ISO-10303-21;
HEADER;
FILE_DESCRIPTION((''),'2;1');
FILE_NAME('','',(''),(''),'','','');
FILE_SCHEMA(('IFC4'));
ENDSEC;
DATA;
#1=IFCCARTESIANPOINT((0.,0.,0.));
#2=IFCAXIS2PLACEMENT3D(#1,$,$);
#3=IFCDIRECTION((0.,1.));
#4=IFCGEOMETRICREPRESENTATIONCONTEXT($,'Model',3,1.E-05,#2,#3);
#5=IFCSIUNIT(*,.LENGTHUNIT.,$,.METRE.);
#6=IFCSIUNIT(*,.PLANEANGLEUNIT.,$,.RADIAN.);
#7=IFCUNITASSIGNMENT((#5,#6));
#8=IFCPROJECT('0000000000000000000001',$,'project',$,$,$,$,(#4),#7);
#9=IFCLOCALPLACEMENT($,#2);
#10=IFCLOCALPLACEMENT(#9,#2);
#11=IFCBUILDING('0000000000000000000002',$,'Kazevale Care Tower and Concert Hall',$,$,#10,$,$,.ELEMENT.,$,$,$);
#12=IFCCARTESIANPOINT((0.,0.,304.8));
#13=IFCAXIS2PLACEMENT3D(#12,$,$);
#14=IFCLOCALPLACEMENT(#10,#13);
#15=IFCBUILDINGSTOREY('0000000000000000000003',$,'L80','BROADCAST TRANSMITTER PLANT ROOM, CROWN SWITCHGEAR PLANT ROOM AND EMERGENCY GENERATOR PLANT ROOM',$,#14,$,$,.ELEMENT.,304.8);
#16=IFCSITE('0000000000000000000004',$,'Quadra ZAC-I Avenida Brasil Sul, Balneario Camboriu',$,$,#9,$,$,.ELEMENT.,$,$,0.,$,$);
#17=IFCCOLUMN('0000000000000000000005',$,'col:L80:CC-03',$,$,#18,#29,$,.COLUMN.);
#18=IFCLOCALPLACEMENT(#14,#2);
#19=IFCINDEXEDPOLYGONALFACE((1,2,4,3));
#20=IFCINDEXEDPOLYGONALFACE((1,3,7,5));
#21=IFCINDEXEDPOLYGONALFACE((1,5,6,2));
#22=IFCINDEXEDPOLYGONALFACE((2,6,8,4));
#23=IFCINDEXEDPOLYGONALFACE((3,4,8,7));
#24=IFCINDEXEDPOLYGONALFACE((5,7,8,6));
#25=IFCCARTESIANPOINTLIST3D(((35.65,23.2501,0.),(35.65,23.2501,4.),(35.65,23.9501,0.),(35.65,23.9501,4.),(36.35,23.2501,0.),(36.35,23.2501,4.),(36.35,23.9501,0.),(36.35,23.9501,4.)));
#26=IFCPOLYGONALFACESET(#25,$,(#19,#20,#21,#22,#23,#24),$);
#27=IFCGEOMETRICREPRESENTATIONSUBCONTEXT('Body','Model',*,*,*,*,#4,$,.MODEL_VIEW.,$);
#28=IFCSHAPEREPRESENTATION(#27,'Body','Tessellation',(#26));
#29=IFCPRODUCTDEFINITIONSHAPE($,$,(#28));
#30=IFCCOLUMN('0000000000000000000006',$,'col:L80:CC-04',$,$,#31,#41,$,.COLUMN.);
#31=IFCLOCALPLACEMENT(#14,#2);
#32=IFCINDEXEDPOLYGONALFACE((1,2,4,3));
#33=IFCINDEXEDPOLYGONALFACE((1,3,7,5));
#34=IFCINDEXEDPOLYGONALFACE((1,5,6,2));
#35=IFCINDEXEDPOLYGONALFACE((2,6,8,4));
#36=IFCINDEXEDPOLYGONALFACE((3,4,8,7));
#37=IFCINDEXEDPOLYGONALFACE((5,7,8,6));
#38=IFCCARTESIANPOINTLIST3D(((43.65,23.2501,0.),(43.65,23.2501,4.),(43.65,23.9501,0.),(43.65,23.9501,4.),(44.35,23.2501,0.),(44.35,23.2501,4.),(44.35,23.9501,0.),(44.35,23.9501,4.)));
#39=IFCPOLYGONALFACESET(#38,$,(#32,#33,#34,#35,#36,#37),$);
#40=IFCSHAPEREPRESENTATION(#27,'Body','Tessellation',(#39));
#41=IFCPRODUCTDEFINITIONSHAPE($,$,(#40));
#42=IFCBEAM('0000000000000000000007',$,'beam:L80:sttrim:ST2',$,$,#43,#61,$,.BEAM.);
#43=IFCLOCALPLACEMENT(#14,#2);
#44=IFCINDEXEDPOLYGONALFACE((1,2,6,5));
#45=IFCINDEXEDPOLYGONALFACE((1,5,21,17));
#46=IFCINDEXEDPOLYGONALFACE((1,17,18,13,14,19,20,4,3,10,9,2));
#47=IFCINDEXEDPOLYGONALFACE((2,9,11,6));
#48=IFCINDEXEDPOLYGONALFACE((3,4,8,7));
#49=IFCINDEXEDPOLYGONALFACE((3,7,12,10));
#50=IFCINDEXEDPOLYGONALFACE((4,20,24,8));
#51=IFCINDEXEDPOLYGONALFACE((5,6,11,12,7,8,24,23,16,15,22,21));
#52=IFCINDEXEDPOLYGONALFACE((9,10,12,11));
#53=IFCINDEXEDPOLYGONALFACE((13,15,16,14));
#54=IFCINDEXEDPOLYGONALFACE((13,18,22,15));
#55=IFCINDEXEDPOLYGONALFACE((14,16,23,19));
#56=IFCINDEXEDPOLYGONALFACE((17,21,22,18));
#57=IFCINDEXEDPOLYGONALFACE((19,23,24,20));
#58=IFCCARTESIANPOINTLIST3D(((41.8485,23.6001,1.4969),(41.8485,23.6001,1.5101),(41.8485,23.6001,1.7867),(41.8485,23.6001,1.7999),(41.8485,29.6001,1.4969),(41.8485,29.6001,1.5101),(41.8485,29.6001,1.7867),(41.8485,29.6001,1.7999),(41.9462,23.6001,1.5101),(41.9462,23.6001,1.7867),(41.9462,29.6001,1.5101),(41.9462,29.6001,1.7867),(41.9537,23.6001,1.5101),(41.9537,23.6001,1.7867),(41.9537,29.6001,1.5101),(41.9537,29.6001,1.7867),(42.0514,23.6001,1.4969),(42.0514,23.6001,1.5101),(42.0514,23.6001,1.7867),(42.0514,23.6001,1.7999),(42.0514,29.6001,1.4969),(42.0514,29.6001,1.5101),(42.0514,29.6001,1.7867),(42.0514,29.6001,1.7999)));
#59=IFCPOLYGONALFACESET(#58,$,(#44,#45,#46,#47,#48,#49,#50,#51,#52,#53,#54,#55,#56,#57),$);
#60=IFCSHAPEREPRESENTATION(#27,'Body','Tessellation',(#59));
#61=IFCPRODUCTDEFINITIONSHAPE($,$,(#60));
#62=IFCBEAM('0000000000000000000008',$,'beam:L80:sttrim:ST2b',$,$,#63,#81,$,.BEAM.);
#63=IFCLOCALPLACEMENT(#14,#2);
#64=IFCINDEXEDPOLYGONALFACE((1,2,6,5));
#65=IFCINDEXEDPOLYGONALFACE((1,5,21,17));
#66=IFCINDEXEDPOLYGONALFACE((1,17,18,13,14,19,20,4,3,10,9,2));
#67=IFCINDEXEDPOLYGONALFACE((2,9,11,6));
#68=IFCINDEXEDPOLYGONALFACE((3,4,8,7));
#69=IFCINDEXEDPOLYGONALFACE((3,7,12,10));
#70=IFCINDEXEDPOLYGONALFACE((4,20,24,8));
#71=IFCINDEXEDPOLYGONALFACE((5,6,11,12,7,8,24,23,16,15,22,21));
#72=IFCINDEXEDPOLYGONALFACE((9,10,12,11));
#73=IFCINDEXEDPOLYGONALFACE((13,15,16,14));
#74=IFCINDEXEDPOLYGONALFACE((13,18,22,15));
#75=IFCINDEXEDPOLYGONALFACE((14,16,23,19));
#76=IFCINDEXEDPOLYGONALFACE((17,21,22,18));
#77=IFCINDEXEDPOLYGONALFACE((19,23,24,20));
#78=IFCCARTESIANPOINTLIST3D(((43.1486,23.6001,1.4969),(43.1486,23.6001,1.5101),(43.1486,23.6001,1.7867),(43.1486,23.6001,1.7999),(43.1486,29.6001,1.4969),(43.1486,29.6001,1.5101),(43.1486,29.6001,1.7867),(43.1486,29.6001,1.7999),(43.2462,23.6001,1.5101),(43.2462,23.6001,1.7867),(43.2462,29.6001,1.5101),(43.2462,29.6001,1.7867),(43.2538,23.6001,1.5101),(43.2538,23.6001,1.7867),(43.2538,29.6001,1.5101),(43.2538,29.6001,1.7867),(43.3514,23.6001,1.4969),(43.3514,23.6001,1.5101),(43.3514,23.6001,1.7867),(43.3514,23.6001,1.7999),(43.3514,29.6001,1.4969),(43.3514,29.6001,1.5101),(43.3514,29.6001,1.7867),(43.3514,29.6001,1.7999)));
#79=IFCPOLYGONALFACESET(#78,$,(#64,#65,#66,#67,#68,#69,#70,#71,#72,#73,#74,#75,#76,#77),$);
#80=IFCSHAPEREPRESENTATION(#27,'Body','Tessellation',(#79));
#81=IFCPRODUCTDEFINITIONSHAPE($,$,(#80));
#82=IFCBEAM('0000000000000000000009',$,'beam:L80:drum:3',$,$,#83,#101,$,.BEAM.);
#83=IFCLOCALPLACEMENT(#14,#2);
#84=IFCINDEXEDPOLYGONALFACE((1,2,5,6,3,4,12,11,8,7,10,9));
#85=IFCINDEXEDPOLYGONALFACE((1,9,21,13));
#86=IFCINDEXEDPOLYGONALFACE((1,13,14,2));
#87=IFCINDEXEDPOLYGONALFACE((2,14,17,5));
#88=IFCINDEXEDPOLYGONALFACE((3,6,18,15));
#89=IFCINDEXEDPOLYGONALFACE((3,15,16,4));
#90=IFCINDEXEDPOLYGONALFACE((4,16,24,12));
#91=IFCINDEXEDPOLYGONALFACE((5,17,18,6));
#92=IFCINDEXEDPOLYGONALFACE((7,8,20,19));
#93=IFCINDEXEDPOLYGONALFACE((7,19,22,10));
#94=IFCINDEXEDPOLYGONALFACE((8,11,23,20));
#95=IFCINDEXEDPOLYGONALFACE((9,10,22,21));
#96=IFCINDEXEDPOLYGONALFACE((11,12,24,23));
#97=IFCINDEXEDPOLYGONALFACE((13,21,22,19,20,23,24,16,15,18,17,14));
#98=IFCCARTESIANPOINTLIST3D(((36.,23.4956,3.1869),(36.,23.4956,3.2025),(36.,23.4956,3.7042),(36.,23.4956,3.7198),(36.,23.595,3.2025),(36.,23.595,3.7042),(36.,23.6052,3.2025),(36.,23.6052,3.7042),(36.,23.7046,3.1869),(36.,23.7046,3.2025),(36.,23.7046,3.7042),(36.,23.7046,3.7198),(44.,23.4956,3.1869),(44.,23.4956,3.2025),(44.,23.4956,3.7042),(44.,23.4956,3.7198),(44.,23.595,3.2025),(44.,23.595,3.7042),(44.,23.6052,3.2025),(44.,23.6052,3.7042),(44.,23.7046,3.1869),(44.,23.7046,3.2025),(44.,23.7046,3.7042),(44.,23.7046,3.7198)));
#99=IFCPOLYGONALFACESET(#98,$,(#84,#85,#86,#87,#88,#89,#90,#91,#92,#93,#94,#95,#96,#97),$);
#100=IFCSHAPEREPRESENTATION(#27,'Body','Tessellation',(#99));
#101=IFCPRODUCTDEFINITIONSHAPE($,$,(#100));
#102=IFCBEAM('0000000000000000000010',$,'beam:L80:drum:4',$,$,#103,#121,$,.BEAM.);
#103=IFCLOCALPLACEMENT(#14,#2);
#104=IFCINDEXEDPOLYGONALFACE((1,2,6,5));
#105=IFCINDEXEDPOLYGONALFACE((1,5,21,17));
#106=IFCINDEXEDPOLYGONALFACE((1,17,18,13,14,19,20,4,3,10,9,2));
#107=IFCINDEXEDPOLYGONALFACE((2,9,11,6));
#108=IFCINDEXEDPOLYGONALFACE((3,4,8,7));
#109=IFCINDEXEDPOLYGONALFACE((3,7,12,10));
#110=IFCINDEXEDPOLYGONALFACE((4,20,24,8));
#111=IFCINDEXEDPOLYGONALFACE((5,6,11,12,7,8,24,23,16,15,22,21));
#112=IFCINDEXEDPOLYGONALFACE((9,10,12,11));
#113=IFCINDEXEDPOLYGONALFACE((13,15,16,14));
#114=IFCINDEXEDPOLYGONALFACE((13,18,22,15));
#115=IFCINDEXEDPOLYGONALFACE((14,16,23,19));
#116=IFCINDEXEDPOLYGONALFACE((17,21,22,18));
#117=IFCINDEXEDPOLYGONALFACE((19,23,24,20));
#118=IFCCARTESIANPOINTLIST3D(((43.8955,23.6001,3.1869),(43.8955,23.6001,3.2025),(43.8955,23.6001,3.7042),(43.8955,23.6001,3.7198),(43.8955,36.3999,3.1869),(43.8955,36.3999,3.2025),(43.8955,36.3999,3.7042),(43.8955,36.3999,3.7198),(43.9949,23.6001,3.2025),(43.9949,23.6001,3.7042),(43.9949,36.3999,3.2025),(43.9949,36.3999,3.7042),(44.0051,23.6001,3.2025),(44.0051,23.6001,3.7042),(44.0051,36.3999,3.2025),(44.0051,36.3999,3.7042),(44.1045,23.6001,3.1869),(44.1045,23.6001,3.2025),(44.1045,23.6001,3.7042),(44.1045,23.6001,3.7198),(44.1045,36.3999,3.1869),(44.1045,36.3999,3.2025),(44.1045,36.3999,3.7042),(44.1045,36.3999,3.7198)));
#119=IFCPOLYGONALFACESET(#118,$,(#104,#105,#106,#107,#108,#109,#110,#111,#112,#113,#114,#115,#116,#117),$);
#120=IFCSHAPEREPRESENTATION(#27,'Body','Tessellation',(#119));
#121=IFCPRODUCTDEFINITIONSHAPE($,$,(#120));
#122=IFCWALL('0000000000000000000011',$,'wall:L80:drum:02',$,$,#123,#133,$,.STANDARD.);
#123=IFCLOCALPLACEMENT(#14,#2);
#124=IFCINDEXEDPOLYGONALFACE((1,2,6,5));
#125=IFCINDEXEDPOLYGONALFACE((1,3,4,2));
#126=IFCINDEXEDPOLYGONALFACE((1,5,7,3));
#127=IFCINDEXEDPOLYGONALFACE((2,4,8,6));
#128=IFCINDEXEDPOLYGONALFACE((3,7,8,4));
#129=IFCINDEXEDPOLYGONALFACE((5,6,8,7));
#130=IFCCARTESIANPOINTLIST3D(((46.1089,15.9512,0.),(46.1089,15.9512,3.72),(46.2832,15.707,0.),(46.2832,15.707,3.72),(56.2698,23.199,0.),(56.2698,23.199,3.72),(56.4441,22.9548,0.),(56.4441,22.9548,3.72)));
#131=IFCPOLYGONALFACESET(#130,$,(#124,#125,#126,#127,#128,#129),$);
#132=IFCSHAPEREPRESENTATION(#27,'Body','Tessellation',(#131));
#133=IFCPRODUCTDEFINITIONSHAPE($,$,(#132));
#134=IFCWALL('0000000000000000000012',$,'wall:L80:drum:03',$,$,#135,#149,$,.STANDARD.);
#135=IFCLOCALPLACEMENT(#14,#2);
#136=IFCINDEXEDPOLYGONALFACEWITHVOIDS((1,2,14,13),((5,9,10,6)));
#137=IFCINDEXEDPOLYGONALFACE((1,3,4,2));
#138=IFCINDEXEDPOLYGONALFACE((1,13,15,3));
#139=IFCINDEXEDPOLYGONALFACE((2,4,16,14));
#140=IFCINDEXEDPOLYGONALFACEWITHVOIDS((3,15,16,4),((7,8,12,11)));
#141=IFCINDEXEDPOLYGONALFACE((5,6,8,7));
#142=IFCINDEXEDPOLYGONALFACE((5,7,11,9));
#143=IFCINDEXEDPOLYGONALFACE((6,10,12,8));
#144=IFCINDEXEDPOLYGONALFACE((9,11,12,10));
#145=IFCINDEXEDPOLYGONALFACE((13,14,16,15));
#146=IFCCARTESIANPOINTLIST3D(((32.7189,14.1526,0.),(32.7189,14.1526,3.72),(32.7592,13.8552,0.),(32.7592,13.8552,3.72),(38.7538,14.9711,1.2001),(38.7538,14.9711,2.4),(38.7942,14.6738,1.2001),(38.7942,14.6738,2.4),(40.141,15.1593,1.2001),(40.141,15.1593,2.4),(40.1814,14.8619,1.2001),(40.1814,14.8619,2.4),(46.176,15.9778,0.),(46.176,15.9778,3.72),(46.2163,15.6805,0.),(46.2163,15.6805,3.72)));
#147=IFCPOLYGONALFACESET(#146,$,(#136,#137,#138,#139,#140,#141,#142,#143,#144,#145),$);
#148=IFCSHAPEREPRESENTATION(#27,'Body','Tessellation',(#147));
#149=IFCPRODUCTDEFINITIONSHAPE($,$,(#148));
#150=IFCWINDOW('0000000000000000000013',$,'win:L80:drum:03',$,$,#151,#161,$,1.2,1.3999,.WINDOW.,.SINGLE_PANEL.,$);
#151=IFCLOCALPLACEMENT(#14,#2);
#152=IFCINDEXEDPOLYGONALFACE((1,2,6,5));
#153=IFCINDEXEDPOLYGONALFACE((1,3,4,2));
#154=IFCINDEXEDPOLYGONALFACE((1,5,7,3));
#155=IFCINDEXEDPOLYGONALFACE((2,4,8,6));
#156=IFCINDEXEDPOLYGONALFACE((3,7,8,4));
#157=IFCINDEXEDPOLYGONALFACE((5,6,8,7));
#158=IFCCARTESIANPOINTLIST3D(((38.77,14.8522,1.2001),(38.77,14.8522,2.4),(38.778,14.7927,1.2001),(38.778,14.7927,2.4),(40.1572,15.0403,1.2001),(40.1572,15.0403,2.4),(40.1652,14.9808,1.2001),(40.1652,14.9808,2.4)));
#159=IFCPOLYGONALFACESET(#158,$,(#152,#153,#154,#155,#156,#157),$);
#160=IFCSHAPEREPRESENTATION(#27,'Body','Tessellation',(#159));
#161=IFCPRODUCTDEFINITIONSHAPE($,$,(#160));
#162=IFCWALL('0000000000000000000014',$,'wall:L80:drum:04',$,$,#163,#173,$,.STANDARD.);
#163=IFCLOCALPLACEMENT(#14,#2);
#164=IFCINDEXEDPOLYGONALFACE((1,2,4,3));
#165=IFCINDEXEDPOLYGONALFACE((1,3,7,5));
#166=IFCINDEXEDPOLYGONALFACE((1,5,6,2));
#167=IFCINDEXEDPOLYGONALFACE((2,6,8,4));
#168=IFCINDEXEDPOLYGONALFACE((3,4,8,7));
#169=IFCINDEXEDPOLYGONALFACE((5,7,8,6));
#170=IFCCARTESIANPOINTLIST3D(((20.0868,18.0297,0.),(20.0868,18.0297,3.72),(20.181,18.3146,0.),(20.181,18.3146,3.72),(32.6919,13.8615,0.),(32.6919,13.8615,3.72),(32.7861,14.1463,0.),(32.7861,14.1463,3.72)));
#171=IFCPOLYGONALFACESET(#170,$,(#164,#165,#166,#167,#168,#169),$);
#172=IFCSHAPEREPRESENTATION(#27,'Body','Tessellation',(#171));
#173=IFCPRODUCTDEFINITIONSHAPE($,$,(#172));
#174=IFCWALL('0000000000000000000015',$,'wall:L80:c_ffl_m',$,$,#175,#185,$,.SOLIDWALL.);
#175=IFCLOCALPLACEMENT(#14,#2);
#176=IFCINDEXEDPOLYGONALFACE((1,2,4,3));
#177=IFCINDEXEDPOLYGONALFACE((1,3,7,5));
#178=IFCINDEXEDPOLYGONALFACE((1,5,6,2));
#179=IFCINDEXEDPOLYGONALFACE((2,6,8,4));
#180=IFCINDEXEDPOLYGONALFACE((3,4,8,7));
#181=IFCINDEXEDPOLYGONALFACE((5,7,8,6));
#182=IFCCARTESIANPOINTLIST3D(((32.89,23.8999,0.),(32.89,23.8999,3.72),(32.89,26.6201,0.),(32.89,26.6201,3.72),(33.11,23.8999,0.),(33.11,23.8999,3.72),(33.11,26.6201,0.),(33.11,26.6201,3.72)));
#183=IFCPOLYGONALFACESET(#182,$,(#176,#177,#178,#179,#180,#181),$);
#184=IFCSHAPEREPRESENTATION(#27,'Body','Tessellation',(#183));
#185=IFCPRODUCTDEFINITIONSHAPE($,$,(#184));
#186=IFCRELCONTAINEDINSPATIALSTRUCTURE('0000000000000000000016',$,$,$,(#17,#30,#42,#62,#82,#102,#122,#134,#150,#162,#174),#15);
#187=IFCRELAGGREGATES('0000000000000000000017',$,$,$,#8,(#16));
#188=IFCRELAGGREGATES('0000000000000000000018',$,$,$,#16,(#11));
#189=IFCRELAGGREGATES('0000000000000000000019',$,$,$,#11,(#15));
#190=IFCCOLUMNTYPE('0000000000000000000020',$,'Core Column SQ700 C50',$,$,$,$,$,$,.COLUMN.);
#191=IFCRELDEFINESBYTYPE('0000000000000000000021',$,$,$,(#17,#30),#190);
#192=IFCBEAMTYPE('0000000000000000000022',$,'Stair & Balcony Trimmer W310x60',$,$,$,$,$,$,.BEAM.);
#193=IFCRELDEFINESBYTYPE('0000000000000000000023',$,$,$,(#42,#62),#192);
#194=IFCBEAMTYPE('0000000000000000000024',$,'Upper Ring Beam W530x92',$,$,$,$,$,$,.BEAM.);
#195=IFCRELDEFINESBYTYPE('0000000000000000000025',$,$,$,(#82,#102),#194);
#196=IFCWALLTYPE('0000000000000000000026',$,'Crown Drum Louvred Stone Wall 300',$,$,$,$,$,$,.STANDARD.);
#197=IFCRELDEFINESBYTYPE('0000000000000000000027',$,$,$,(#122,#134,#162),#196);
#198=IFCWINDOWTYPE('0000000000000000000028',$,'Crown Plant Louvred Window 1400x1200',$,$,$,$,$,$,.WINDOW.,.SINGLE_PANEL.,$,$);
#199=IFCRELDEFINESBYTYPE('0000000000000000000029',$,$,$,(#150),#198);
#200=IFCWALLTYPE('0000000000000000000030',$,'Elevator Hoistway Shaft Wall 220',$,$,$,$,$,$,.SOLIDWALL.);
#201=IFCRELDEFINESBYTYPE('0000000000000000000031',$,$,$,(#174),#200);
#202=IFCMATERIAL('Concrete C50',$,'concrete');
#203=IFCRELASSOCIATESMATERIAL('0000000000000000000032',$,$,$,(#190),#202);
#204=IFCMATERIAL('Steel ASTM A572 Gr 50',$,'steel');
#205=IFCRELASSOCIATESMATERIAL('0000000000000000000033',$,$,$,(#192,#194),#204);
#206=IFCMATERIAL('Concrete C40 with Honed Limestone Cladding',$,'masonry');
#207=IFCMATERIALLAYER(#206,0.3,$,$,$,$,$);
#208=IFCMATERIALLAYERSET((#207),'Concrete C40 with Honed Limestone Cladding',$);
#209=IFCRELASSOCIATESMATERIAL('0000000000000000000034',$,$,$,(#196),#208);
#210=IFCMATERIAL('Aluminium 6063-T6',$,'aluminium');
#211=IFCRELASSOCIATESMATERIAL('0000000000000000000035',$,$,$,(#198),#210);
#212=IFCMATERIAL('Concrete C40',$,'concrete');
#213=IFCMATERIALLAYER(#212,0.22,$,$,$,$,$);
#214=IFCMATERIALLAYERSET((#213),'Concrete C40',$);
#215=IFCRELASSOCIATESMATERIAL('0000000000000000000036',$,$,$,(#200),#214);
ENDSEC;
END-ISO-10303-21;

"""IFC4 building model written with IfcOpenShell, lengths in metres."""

from ifc_helpers import new_model, si_unit, direction, frame, frame_2d, origin, origin_2d, place, context, subcontext, project, spatial, rectangle, i_section, extrude, material, layer, layer_set, material_profile, profile_set, type_object, element, fill, save


model = new_model("IFC4")

# Units and contexts
model_context = context("Model", 3, precision=1e-05, world=origin(), true_north=direction((0.0, 1.0)))
body_context = subcontext(model_context, "Body", "Model", "MODEL_VIEW")
ifc_project = project(units=[si_unit("LENGTHUNIT", "METRE"), si_unit("PLANEANGLEUNIT", "RADIAN")], contexts=[model_context])

# Site, building, storey
site_placement = place(None, origin())
site = spatial("IfcSite", under=ifc_project, at=site_placement, Name="Quadra ZAC-I Avenida Brasil Sul, Balneario Camboriu", CompositionType="ELEMENT", RefElevation=0.0)
building_placement = place(site_placement, origin())
building = spatial("IfcBuilding", under=site, at=building_placement, Name="Kazevale Care Tower and Concert Hall", CompositionType="ELEMENT")
storey_placement = place(building_placement, frame((0.0, 0.0, 304.8)))
storey = spatial("IfcBuildingStorey", under=building, at=storey_placement, Name="L80", Description="BROADCAST TRANSMITTER PLANT ROOM, CROWN SWITCHGEAR PLANT ROOM AND EMERGENCY GENERATOR PLANT ROOM", CompositionType="ELEMENT", Elevation=304.8)

# Columns
ifc_material_1 = material(Name="Concrete C50", Category="concrete")
ifc_material_profile_1 = material_profile(ifc_material_1, rectangle(XDim=0.7, YDim=0.7, at=origin_2d()), Name="RC-SQ700")
ifc_profile_set_1 = profile_set([ifc_material_profile_1], Name="Concrete C50")
column_type = type_object("IfcColumnType", Name="Core Column SQ700 C50", PredefinedType="COLUMN", material=ifc_profile_set_1)
for number, where, z_axis, x_axis, name in (
    (1, (36.0, 23.6001, 0.0), (0.0, 0.0, 1.0), (1.0, 0.0, 0.0), "col:L80:CC-03"),
    (2, (44.0, 23.6001, 0.0), (0.0, 0.0, 1.0), (1.0, 0.0, 0.0), "col:L80:CC-04"),
):
    element("IfcColumn", number, at=place(storey_placement, frame(where, z_axis=z_axis, x_axis=x_axis)), inside=storey, type_object=column_type, Name=name, PredefinedType="COLUMN", context=body_context, shape_type="SweptSolid", body=[
        extrude(rectangle(XDim=0.7, YDim=0.7, at=origin_2d()), origin(), (0.0, 0.0, 1.0), 4.0),
    ])

# Beams
ifc_material_2 = material(Name="Steel ASTM A572 Gr 50", Category="steel")
ifc_material_profile_2 = material_profile(ifc_material_2, i_section(OverallWidth=0.2029, OverallDepth=0.303, WebThickness=0.0076, FlangeThickness=0.0132, at=origin_2d()), Name="W310x60")
ifc_profile_set_2 = profile_set([ifc_material_profile_2], Name="Steel ASTM A572 Gr 50")
beam_type_1 = type_object("IfcBeamType", Name="Stair & Balcony Trimmer W310x60", PredefinedType="BEAM", material=ifc_profile_set_2)
for number, where, z_axis, x_axis, name in (
    (3, (41.95, 23.6001, 1.6484), (0.0, 1.0, 0.0), (-1.0, 0.0, 0.0), "beam:L80:sttrim:ST2"),
    (4, (43.25, 23.6001, 1.6484), (0.0, 1.0, 0.0), (-1.0, 0.0, 0.0), "beam:L80:sttrim:ST2b"),
):
    element("IfcBeam", number, at=place(storey_placement, frame(where, z_axis=z_axis, x_axis=x_axis)), inside=storey, type_object=beam_type_1, Name=name, PredefinedType="BEAM", context=body_context, shape_type="SweptSolid", body=[
        extrude(i_section(OverallWidth=0.2029, OverallDepth=0.303, WebThickness=0.0076, FlangeThickness=0.0132, at=origin_2d()), origin(), (0.0, 0.0, 1.0), 6.0),
    ])
ifc_material_profile_3 = material_profile(ifc_material_2, i_section(OverallWidth=0.209, OverallDepth=0.533, WebThickness=0.0103, FlangeThickness=0.0156, at=origin_2d()), Name="W530x92")
ifc_profile_set_3 = profile_set([ifc_material_profile_3], Name="Steel ASTM A572 Gr 50")
beam_type_2 = type_object("IfcBeamType", Name="Upper Ring Beam W530x92", PredefinedType="BEAM", material=ifc_profile_set_3)
beam_1_placement = place(storey_placement, frame((36.0, 23.6001, 3.4534), z_axis=(1.0, 0.0, 0.0), x_axis=(0.0, 1.0, 0.0)))
element("IfcBeam", 5, at=beam_1_placement, inside=storey, type_object=beam_type_2, Name="beam:L80:drum:3", PredefinedType="BEAM", context=body_context, shape_type="SweptSolid", body=[
    extrude(i_section(OverallWidth=0.209, OverallDepth=0.533, WebThickness=0.0103, FlangeThickness=0.0156, at=origin_2d()), origin(), (0.0, 0.0, 1.0), 8.0),
])
beam_2_placement = place(storey_placement, frame((44.0, 23.6001, 3.4534), z_axis=(0.0, 1.0, 0.0), x_axis=(-1.0, 0.0, 0.0)))
element("IfcBeam", 6, at=beam_2_placement, inside=storey, type_object=beam_type_2, Name="beam:L80:drum:4", PredefinedType="BEAM", context=body_context, shape_type="SweptSolid", body=[
    extrude(i_section(OverallWidth=0.209, OverallDepth=0.533, WebThickness=0.0103, FlangeThickness=0.0156, at=origin_2d()), origin(), (0.0, 0.0, 1.0), 12.7998),
])

# Wall
ifc_material_3 = material(Name="Concrete C40 with Honed Limestone Cladding", Category="masonry")
ifc_layer_1 = layer(ifc_material_3, 0.3)
ifc_layer_set_1 = layer_set([ifc_layer_1], Name="Concrete C40 with Honed Limestone Cladding")
wall_type_1 = type_object("IfcWallType", Name="Crown Drum Louvred Stone Wall 300", PredefinedType="STANDARD", material=ifc_layer_set_1)
wall_1_placement = place(storey_placement, frame((56.3569, 23.0769, 0.0), z_axis=(0.0, 0.0, 1.0), x_axis=(-0.814111, -0.580709, 0.0)))
element("IfcWall", 7, at=wall_1_placement, inside=storey, type_object=wall_type_1, Name="wall:L80:drum:02", PredefinedType="STANDARD", context=body_context, shape_type="SweptSolid", body=[
    extrude(rectangle(XDim=12.481, YDim=0.3, at=frame_2d((6.2405, 0.0))), origin(), (0.0, 0.0, 1.0), 3.72),
])

# Wall, opening, window
wall_2_placement = place(storey_placement, frame((46.196, 15.8291, 0.0), z_axis=(0.0, 0.0, 1.0), x_axis=(-0.990927, -0.134401, 0.0)))
wall_2 = element("IfcWall", 8, at=wall_2_placement, inside=storey, type_object=wall_type_1, Name="wall:L80:drum:03", PredefinedType="STANDARD", context=body_context, shape_type="SweptSolid", body=[
    extrude(rectangle(XDim=13.5803, YDim=0.3, at=frame_2d((6.79, 0.0))), origin(), (0.0, 0.0, 1.0), 3.72),
])
opening_1_placement = place(wall_2_placement, frame((6.0901, 0.0, 1.2)))
opening_1 = element("IfcOpeningElement", 9, at=opening_1_placement, cuts=wall_2, PredefinedType="OPENING", context=body_context, shape_type="SweptSolid", body=[
    extrude(rectangle(XDim=1.3999, YDim=1.2, at=frame_2d((0.7, 0.6001))), frame((0.0, 0.1599, 0.0), z_axis=(0.0, -1.0, 0.0), x_axis=(1.0, 0.0, 0.0)), (0.0, 0.0, 1.0), 0.3201),
])
ifc_material_4 = material(Name="Aluminium 6063-T6", Category="aluminium")
window_type = type_object("IfcWindowType", Name="Crown Plant Louvred Window 1400x1200", PartitioningType="SINGLE_PANEL", PredefinedType="WINDOW", material=ifc_material_4)
window_placement = place(opening_1_placement, origin())
window = element("IfcWindow", 10, at=window_placement, inside=storey, type_object=window_type, Name="win:L80:drum:03", OverallHeight=1.2, OverallWidth=1.3999, PartitioningType="SINGLE_PANEL", PredefinedType="WINDOW", context=body_context, shape_type="SweptSolid", body=[
    extrude(rectangle(XDim=1.3999, YDim=1.2, at=frame_2d((0.7, 0.6001))), frame((0.0, 0.03, 0.0), z_axis=(0.0, -1.0, 0.0), x_axis=(1.0, 0.0, 0.0)), (0.0, 0.0, 1.0), 0.0601),
])
fill(opening_1, window)

# Walls
wall_3_placement = place(storey_placement, frame((32.739, 14.0039, 0.0), z_axis=(0.0, 0.0, 1.0), x_axis=(-0.949436, 0.313959, 0.0)))
element("IfcWall", 11, at=wall_3_placement, inside=storey, type_object=wall_type_1, Name="wall:L80:drum:04", PredefinedType="STANDARD", context=body_context, shape_type="SweptSolid", body=[
    extrude(rectangle(XDim=13.2764, YDim=0.3, at=frame_2d((6.6382, 0.0))), origin(), (0.0, 0.0, 1.0), 3.72),
])
ifc_material_5 = material(Name="Concrete C40", Category="concrete")
ifc_layer_2 = layer(ifc_material_5, 0.22)
ifc_layer_set_2 = layer_set([ifc_layer_2], Name="Concrete C40")
wall_type_2 = type_object("IfcWallType", Name="Elevator Hoistway Shaft Wall 220", PredefinedType="SOLIDWALL", material=ifc_layer_set_2)
wall_4_placement = place(storey_placement, frame((33.0, 23.8999, 0.0), z_axis=(0.0, 0.0, 1.0), x_axis=(0.0, 1.0, 0.0)))
element("IfcWall", 12, at=wall_4_placement, inside=storey, type_object=wall_type_2, Name="wall:L80:c_ffl_m", PredefinedType="SOLIDWALL", context=body_context, shape_type="SweptSolid", body=[
    extrude(rectangle(XDim=2.7202, YDim=0.22, at=frame_2d((1.3601, 0.0))), origin(), (0.0, 0.0, 1.0), 3.72),
])

save(model, "model.ifc")
